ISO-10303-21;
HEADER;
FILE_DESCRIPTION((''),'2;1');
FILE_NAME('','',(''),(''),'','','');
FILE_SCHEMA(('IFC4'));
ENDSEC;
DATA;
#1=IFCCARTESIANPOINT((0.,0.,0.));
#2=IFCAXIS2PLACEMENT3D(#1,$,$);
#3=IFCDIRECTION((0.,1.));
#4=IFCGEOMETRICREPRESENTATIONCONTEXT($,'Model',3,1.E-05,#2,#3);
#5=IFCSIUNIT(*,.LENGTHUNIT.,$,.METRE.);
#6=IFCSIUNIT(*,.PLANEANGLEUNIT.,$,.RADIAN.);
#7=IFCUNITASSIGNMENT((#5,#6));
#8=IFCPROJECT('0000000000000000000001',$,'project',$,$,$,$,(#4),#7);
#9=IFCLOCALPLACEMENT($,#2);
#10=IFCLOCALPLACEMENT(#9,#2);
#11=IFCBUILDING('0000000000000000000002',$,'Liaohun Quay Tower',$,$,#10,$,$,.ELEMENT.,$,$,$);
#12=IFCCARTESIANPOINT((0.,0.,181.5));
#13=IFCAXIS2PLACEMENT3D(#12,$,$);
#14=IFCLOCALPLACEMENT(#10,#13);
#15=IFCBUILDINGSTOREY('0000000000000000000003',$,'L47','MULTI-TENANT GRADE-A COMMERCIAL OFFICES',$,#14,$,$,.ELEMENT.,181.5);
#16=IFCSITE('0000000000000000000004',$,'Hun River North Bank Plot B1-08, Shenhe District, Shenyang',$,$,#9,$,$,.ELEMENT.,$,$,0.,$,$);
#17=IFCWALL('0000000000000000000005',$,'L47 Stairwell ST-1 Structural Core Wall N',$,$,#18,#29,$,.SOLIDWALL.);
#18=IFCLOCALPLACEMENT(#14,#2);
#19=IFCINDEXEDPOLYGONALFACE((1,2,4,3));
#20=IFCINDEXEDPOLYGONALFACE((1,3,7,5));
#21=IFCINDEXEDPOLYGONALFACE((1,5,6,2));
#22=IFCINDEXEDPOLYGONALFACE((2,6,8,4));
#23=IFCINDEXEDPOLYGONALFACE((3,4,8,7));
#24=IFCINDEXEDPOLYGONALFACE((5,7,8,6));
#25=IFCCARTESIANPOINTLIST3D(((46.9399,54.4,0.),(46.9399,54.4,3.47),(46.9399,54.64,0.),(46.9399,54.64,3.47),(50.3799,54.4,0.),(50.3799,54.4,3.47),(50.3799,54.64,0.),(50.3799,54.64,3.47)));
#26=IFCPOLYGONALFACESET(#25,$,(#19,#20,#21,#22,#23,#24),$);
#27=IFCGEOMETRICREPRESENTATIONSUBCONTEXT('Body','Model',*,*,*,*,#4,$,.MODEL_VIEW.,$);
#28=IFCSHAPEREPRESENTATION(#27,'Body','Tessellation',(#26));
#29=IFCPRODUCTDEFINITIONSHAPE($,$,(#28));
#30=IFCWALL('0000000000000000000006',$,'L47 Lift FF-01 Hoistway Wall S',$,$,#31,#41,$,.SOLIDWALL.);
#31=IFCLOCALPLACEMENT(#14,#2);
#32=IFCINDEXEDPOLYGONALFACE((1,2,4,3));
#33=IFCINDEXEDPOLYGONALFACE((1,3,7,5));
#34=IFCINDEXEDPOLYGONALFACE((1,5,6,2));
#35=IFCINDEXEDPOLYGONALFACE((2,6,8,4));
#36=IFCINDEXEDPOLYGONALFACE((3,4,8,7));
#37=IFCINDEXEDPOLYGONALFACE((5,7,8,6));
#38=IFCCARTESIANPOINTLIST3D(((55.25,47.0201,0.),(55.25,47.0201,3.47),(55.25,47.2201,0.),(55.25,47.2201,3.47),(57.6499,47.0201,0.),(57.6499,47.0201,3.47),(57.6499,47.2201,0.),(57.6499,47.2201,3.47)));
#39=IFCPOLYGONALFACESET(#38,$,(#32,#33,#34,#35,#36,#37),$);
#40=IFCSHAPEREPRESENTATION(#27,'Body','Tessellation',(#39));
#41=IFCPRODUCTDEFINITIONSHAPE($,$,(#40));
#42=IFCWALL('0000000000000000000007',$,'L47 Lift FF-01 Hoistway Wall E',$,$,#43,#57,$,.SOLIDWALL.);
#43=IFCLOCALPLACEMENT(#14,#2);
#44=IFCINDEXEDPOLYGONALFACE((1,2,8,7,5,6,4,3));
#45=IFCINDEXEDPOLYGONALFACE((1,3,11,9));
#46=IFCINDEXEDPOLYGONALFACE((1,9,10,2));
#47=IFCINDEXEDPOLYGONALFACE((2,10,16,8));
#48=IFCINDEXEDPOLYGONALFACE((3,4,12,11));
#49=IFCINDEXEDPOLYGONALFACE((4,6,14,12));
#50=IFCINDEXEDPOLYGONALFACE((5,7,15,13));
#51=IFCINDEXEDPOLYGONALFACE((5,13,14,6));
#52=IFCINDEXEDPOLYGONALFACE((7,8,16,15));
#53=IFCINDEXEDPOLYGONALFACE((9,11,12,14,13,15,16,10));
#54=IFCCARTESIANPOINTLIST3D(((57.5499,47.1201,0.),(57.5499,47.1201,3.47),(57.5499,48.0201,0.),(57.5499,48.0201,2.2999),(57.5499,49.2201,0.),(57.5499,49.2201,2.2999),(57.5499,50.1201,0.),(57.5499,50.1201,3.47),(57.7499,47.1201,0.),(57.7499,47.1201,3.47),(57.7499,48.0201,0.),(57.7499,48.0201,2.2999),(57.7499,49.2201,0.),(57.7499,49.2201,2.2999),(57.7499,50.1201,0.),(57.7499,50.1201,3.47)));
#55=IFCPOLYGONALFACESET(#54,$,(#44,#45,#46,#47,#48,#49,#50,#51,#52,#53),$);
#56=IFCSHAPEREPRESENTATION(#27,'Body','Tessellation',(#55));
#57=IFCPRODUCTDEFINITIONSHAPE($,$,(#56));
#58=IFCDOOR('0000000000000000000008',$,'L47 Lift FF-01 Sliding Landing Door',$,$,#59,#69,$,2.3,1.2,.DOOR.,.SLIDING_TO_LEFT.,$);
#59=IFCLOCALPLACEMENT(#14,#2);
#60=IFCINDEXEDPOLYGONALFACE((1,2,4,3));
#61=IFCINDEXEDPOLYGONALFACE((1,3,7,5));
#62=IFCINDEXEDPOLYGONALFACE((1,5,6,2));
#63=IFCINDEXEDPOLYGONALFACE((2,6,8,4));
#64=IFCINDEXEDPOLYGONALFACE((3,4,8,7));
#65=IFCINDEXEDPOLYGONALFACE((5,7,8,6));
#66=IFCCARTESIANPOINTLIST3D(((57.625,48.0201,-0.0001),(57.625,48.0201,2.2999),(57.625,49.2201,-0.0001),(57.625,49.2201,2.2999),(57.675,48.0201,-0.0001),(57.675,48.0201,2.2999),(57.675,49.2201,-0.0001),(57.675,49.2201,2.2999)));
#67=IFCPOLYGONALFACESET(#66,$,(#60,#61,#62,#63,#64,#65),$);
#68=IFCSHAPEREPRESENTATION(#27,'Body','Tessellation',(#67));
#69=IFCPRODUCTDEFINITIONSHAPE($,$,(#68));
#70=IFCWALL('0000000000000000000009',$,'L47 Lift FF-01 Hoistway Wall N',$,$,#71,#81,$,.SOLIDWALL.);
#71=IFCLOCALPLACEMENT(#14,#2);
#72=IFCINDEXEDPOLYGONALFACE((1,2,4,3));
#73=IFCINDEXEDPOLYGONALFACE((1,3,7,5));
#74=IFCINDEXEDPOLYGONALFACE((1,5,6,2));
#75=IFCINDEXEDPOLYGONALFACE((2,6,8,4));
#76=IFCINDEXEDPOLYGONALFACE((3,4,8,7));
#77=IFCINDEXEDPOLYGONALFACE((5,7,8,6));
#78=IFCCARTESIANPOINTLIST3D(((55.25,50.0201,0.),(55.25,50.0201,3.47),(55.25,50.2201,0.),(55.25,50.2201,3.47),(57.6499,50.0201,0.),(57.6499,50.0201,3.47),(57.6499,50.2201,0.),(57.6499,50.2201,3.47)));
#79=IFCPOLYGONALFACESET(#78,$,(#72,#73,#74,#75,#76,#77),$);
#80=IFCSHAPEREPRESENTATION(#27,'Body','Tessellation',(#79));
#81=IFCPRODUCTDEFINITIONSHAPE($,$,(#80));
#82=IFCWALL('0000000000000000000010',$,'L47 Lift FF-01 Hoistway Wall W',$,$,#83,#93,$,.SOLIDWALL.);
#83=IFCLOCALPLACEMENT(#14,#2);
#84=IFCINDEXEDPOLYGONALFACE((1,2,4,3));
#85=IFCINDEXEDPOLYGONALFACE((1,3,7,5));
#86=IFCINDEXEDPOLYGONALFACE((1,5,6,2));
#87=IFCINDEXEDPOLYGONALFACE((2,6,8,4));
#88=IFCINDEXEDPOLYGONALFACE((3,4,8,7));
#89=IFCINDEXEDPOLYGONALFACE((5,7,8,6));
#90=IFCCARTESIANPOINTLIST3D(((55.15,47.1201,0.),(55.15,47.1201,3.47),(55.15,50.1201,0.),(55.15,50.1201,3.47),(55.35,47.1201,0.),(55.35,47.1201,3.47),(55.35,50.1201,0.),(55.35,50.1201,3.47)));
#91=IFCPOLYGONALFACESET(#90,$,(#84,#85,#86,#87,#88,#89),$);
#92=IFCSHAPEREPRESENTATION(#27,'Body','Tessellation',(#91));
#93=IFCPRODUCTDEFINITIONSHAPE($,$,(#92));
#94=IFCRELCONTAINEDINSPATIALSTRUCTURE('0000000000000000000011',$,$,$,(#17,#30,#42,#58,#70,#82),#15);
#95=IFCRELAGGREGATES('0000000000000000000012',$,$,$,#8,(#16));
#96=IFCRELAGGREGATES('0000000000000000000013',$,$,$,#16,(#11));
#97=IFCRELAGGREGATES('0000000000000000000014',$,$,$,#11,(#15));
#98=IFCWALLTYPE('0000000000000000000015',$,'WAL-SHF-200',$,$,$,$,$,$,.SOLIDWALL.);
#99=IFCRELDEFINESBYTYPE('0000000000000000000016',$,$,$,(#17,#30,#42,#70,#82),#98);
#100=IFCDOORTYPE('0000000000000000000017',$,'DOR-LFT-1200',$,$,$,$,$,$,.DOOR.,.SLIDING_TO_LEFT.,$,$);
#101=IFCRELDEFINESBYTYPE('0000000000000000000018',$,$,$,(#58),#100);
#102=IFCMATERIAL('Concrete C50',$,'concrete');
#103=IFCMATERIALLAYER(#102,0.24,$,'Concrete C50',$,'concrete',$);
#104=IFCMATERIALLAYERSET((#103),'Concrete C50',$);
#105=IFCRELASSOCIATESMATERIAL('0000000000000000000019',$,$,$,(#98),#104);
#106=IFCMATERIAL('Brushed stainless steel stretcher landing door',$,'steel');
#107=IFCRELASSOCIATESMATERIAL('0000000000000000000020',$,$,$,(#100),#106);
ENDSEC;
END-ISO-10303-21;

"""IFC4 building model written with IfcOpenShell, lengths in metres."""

from ifc_helpers import new_model, si_unit, direction, frame, frame_2d, origin, place, context, subcontext, project, spatial, rectangle, extrude, source, transform, mapped, material, layer, layer_set, type_object, element, fill, save


model = new_model("IFC4")

# Units and contexts
model_context = context("Model", 3, precision=1e-05, world=origin(), true_north=direction((0.0, 1.0)))
body_context = subcontext(model_context, "Body", "Model", "MODEL_VIEW")
ifc_project = project(units=[si_unit("LENGTHUNIT", "METRE"), si_unit("PLANEANGLEUNIT", "RADIAN")], contexts=[model_context])

# Site, building, storey
site_placement = place(None, origin())
site = spatial("IfcSite", under=ifc_project, at=site_placement, Name="Hun River North Bank Plot B1-08, Shenhe District, Shenyang", CompositionType="ELEMENT", RefElevation=0.0)
building_placement = place(site_placement, origin())
building = spatial("IfcBuilding", under=site, at=building_placement, Name="Liaohun Quay Tower", CompositionType="ELEMENT")
storey_placement = place(building_placement, frame((0.0, 0.0, 181.5)))
storey = spatial("IfcBuildingStorey", under=building, at=storey_placement, Name="L47", Description="MULTI-TENANT GRADE-A COMMERCIAL OFFICES", CompositionType="ELEMENT", Elevation=181.5)

# Walls
ifc_material_1 = material(Name="Concrete C50", Category="concrete")
ifc_layer_1 = layer(ifc_material_1, 0.24, Name="Concrete C50", Category="concrete")
ifc_layer_set_1 = layer_set([ifc_layer_1], Name="Concrete C50")
wall_type_1 = type_object("IfcWallType", Name="WAL-SHF-200", PredefinedType="SOLIDWALL", material=ifc_layer_set_1)
wall_1_placement = place(storey_placement, frame((50.3799, 54.52, 0.0), z_axis=(0.0, 0.0, 1.0), x_axis=(-1.0, 0.0, 0.0)))
element("IfcWall", 1, at=wall_1_placement, inside=storey, type_object=wall_type_1, Name="L47 Stairwell ST-1 Structural Core Wall N", PredefinedType="SOLIDWALL", context=body_context, shape_type="SweptSolid", body=[
    extrude(rectangle(XDim=3.4399, YDim=0.24, at=frame_2d((1.72, 0.0))), origin(), (0.0, 0.0, 1.0), 3.47),
])
wall_2_placement = place(storey_placement, frame((55.25, 47.1201, 0.0), z_axis=(0.0, 0.0, 1.0), x_axis=(1.0, 0.0, 0.0)))
element("IfcWall", 2, at=wall_2_placement, inside=storey, type_object=wall_type_1, Name="L47 Lift FF-01 Hoistway Wall S", PredefinedType="SOLIDWALL", context=body_context, shape_type="SweptSolid", body=[
    extrude(rectangle(XDim=2.3999, YDim=0.2, at=frame_2d((1.2, 0.0))), origin(), (0.0, 0.0, 1.0), 3.47),
])

# Wall, opening, door
wall_3_placement = place(storey_placement, frame((57.6499, 47.1201, 0.0), z_axis=(0.0, 0.0, 1.0), x_axis=(0.0, 1.0, 0.0)))
wall_3 = element("IfcWall", 3, at=wall_3_placement, inside=storey, type_object=wall_type_1, Name="L47 Lift FF-01 Hoistway Wall E", PredefinedType="SOLIDWALL", context=body_context, shape_type="SweptSolid", body=[
    extrude(rectangle(XDim=3.0, YDim=0.2, at=frame_2d((1.5, 0.0))), origin(), (0.0, 0.0, 1.0), 3.47),
])
shared_shape_1 = source(origin(), body_context, "Body", "SweptSolid", [
    extrude(rectangle(XDim=1.2, YDim=2.3, at=frame_2d((0.6001, 1.1499))), frame((0.0, 0.1099, 0.0), z_axis=(0.0, -1.0, 0.0), x_axis=(1.0, 0.0, 0.0)), (0.0, 0.0, 1.0), 0.22),
])
opening_1_placement = place(wall_3_placement, frame((0.8999, 0.0, 0.0)))
opening_1 = element("IfcOpeningElement", 4, at=opening_1_placement, cuts=wall_3, PredefinedType="OPENING", context=body_context, shape_type="MappedRepresentation", body=[
    mapped(shared_shape_1, transform((0.0, 0.0, 0.0), x_axis=(1.0, 0.0, 0.0), y_axis=(0.0, 1.0, 0.0), z_axis=(0.0, 0.0, 1.0), scale=1.0)),
])
ifc_material_2 = material(Name="Brushed stainless steel stretcher landing door", Category="steel")
door_type_1 = type_object("IfcDoorType", Name="DOR-LFT-1200", OperationType="SLIDING_TO_LEFT", PredefinedType="DOOR", material=ifc_material_2)
shared_shape_2 = source(origin(), body_context, "Body", "SweptSolid", [
    extrude(rectangle(XDim=1.2, YDim=2.3, at=frame_2d((0.6001, 1.1499))), frame((0.0, 0.0249, 0.0), z_axis=(0.0, -1.0, 0.0), x_axis=(1.0, 0.0, 0.0)), (0.0, 0.0, 1.0), 0.05),
])
door_1_placement = place(opening_1_placement, origin())
door_1 = element("IfcDoor", 5, at=door_1_placement, inside=storey, type_object=door_type_1, Name="L47 Lift FF-01 Sliding Landing Door", OperationType="SLIDING_TO_LEFT", OverallHeight=2.3, OverallWidth=1.2, PredefinedType="DOOR", context=body_context, shape_type="MappedRepresentation", body=[
    mapped(shared_shape_2, transform((0.0, 0.0, 0.0), x_axis=(1.0, 0.0, 0.0), y_axis=(0.0, 1.0, 0.0), z_axis=(0.0, 0.0, 1.0), scale=1.0)),
])
fill(opening_1, door_1)

# Walls
wall_4_placement = place(storey_placement, frame((57.6499, 50.1201, 0.0), z_axis=(0.0, 0.0, 1.0), x_axis=(-1.0, 0.0, 0.0)))
element("IfcWall", 6, at=wall_4_placement, inside=storey, type_object=wall_type_1, Name="L47 Lift FF-01 Hoistway Wall N", PredefinedType="SOLIDWALL", context=body_context, shape_type="SweptSolid", body=[
    extrude(rectangle(XDim=2.3999, YDim=0.2, at=frame_2d((1.2, 0.0))), origin(), (0.0, 0.0, 1.0), 3.47),
])
wall_5_placement = place(storey_placement, frame((55.25, 50.1201, 0.0), z_axis=(0.0, 0.0, 1.0), x_axis=(0.0, -1.0, 0.0)))
element("IfcWall", 7, at=wall_5_placement, inside=storey, type_object=wall_type_1, Name="L47 Lift FF-01 Hoistway Wall W", PredefinedType="SOLIDWALL", context=body_context, shape_type="SweptSolid", body=[
    extrude(rectangle(XDim=3.0, YDim=0.2, at=frame_2d((1.5, 0.0))), origin(), (0.0, 0.0, 1.0), 3.47),
])

save(model, "model.ifc")
